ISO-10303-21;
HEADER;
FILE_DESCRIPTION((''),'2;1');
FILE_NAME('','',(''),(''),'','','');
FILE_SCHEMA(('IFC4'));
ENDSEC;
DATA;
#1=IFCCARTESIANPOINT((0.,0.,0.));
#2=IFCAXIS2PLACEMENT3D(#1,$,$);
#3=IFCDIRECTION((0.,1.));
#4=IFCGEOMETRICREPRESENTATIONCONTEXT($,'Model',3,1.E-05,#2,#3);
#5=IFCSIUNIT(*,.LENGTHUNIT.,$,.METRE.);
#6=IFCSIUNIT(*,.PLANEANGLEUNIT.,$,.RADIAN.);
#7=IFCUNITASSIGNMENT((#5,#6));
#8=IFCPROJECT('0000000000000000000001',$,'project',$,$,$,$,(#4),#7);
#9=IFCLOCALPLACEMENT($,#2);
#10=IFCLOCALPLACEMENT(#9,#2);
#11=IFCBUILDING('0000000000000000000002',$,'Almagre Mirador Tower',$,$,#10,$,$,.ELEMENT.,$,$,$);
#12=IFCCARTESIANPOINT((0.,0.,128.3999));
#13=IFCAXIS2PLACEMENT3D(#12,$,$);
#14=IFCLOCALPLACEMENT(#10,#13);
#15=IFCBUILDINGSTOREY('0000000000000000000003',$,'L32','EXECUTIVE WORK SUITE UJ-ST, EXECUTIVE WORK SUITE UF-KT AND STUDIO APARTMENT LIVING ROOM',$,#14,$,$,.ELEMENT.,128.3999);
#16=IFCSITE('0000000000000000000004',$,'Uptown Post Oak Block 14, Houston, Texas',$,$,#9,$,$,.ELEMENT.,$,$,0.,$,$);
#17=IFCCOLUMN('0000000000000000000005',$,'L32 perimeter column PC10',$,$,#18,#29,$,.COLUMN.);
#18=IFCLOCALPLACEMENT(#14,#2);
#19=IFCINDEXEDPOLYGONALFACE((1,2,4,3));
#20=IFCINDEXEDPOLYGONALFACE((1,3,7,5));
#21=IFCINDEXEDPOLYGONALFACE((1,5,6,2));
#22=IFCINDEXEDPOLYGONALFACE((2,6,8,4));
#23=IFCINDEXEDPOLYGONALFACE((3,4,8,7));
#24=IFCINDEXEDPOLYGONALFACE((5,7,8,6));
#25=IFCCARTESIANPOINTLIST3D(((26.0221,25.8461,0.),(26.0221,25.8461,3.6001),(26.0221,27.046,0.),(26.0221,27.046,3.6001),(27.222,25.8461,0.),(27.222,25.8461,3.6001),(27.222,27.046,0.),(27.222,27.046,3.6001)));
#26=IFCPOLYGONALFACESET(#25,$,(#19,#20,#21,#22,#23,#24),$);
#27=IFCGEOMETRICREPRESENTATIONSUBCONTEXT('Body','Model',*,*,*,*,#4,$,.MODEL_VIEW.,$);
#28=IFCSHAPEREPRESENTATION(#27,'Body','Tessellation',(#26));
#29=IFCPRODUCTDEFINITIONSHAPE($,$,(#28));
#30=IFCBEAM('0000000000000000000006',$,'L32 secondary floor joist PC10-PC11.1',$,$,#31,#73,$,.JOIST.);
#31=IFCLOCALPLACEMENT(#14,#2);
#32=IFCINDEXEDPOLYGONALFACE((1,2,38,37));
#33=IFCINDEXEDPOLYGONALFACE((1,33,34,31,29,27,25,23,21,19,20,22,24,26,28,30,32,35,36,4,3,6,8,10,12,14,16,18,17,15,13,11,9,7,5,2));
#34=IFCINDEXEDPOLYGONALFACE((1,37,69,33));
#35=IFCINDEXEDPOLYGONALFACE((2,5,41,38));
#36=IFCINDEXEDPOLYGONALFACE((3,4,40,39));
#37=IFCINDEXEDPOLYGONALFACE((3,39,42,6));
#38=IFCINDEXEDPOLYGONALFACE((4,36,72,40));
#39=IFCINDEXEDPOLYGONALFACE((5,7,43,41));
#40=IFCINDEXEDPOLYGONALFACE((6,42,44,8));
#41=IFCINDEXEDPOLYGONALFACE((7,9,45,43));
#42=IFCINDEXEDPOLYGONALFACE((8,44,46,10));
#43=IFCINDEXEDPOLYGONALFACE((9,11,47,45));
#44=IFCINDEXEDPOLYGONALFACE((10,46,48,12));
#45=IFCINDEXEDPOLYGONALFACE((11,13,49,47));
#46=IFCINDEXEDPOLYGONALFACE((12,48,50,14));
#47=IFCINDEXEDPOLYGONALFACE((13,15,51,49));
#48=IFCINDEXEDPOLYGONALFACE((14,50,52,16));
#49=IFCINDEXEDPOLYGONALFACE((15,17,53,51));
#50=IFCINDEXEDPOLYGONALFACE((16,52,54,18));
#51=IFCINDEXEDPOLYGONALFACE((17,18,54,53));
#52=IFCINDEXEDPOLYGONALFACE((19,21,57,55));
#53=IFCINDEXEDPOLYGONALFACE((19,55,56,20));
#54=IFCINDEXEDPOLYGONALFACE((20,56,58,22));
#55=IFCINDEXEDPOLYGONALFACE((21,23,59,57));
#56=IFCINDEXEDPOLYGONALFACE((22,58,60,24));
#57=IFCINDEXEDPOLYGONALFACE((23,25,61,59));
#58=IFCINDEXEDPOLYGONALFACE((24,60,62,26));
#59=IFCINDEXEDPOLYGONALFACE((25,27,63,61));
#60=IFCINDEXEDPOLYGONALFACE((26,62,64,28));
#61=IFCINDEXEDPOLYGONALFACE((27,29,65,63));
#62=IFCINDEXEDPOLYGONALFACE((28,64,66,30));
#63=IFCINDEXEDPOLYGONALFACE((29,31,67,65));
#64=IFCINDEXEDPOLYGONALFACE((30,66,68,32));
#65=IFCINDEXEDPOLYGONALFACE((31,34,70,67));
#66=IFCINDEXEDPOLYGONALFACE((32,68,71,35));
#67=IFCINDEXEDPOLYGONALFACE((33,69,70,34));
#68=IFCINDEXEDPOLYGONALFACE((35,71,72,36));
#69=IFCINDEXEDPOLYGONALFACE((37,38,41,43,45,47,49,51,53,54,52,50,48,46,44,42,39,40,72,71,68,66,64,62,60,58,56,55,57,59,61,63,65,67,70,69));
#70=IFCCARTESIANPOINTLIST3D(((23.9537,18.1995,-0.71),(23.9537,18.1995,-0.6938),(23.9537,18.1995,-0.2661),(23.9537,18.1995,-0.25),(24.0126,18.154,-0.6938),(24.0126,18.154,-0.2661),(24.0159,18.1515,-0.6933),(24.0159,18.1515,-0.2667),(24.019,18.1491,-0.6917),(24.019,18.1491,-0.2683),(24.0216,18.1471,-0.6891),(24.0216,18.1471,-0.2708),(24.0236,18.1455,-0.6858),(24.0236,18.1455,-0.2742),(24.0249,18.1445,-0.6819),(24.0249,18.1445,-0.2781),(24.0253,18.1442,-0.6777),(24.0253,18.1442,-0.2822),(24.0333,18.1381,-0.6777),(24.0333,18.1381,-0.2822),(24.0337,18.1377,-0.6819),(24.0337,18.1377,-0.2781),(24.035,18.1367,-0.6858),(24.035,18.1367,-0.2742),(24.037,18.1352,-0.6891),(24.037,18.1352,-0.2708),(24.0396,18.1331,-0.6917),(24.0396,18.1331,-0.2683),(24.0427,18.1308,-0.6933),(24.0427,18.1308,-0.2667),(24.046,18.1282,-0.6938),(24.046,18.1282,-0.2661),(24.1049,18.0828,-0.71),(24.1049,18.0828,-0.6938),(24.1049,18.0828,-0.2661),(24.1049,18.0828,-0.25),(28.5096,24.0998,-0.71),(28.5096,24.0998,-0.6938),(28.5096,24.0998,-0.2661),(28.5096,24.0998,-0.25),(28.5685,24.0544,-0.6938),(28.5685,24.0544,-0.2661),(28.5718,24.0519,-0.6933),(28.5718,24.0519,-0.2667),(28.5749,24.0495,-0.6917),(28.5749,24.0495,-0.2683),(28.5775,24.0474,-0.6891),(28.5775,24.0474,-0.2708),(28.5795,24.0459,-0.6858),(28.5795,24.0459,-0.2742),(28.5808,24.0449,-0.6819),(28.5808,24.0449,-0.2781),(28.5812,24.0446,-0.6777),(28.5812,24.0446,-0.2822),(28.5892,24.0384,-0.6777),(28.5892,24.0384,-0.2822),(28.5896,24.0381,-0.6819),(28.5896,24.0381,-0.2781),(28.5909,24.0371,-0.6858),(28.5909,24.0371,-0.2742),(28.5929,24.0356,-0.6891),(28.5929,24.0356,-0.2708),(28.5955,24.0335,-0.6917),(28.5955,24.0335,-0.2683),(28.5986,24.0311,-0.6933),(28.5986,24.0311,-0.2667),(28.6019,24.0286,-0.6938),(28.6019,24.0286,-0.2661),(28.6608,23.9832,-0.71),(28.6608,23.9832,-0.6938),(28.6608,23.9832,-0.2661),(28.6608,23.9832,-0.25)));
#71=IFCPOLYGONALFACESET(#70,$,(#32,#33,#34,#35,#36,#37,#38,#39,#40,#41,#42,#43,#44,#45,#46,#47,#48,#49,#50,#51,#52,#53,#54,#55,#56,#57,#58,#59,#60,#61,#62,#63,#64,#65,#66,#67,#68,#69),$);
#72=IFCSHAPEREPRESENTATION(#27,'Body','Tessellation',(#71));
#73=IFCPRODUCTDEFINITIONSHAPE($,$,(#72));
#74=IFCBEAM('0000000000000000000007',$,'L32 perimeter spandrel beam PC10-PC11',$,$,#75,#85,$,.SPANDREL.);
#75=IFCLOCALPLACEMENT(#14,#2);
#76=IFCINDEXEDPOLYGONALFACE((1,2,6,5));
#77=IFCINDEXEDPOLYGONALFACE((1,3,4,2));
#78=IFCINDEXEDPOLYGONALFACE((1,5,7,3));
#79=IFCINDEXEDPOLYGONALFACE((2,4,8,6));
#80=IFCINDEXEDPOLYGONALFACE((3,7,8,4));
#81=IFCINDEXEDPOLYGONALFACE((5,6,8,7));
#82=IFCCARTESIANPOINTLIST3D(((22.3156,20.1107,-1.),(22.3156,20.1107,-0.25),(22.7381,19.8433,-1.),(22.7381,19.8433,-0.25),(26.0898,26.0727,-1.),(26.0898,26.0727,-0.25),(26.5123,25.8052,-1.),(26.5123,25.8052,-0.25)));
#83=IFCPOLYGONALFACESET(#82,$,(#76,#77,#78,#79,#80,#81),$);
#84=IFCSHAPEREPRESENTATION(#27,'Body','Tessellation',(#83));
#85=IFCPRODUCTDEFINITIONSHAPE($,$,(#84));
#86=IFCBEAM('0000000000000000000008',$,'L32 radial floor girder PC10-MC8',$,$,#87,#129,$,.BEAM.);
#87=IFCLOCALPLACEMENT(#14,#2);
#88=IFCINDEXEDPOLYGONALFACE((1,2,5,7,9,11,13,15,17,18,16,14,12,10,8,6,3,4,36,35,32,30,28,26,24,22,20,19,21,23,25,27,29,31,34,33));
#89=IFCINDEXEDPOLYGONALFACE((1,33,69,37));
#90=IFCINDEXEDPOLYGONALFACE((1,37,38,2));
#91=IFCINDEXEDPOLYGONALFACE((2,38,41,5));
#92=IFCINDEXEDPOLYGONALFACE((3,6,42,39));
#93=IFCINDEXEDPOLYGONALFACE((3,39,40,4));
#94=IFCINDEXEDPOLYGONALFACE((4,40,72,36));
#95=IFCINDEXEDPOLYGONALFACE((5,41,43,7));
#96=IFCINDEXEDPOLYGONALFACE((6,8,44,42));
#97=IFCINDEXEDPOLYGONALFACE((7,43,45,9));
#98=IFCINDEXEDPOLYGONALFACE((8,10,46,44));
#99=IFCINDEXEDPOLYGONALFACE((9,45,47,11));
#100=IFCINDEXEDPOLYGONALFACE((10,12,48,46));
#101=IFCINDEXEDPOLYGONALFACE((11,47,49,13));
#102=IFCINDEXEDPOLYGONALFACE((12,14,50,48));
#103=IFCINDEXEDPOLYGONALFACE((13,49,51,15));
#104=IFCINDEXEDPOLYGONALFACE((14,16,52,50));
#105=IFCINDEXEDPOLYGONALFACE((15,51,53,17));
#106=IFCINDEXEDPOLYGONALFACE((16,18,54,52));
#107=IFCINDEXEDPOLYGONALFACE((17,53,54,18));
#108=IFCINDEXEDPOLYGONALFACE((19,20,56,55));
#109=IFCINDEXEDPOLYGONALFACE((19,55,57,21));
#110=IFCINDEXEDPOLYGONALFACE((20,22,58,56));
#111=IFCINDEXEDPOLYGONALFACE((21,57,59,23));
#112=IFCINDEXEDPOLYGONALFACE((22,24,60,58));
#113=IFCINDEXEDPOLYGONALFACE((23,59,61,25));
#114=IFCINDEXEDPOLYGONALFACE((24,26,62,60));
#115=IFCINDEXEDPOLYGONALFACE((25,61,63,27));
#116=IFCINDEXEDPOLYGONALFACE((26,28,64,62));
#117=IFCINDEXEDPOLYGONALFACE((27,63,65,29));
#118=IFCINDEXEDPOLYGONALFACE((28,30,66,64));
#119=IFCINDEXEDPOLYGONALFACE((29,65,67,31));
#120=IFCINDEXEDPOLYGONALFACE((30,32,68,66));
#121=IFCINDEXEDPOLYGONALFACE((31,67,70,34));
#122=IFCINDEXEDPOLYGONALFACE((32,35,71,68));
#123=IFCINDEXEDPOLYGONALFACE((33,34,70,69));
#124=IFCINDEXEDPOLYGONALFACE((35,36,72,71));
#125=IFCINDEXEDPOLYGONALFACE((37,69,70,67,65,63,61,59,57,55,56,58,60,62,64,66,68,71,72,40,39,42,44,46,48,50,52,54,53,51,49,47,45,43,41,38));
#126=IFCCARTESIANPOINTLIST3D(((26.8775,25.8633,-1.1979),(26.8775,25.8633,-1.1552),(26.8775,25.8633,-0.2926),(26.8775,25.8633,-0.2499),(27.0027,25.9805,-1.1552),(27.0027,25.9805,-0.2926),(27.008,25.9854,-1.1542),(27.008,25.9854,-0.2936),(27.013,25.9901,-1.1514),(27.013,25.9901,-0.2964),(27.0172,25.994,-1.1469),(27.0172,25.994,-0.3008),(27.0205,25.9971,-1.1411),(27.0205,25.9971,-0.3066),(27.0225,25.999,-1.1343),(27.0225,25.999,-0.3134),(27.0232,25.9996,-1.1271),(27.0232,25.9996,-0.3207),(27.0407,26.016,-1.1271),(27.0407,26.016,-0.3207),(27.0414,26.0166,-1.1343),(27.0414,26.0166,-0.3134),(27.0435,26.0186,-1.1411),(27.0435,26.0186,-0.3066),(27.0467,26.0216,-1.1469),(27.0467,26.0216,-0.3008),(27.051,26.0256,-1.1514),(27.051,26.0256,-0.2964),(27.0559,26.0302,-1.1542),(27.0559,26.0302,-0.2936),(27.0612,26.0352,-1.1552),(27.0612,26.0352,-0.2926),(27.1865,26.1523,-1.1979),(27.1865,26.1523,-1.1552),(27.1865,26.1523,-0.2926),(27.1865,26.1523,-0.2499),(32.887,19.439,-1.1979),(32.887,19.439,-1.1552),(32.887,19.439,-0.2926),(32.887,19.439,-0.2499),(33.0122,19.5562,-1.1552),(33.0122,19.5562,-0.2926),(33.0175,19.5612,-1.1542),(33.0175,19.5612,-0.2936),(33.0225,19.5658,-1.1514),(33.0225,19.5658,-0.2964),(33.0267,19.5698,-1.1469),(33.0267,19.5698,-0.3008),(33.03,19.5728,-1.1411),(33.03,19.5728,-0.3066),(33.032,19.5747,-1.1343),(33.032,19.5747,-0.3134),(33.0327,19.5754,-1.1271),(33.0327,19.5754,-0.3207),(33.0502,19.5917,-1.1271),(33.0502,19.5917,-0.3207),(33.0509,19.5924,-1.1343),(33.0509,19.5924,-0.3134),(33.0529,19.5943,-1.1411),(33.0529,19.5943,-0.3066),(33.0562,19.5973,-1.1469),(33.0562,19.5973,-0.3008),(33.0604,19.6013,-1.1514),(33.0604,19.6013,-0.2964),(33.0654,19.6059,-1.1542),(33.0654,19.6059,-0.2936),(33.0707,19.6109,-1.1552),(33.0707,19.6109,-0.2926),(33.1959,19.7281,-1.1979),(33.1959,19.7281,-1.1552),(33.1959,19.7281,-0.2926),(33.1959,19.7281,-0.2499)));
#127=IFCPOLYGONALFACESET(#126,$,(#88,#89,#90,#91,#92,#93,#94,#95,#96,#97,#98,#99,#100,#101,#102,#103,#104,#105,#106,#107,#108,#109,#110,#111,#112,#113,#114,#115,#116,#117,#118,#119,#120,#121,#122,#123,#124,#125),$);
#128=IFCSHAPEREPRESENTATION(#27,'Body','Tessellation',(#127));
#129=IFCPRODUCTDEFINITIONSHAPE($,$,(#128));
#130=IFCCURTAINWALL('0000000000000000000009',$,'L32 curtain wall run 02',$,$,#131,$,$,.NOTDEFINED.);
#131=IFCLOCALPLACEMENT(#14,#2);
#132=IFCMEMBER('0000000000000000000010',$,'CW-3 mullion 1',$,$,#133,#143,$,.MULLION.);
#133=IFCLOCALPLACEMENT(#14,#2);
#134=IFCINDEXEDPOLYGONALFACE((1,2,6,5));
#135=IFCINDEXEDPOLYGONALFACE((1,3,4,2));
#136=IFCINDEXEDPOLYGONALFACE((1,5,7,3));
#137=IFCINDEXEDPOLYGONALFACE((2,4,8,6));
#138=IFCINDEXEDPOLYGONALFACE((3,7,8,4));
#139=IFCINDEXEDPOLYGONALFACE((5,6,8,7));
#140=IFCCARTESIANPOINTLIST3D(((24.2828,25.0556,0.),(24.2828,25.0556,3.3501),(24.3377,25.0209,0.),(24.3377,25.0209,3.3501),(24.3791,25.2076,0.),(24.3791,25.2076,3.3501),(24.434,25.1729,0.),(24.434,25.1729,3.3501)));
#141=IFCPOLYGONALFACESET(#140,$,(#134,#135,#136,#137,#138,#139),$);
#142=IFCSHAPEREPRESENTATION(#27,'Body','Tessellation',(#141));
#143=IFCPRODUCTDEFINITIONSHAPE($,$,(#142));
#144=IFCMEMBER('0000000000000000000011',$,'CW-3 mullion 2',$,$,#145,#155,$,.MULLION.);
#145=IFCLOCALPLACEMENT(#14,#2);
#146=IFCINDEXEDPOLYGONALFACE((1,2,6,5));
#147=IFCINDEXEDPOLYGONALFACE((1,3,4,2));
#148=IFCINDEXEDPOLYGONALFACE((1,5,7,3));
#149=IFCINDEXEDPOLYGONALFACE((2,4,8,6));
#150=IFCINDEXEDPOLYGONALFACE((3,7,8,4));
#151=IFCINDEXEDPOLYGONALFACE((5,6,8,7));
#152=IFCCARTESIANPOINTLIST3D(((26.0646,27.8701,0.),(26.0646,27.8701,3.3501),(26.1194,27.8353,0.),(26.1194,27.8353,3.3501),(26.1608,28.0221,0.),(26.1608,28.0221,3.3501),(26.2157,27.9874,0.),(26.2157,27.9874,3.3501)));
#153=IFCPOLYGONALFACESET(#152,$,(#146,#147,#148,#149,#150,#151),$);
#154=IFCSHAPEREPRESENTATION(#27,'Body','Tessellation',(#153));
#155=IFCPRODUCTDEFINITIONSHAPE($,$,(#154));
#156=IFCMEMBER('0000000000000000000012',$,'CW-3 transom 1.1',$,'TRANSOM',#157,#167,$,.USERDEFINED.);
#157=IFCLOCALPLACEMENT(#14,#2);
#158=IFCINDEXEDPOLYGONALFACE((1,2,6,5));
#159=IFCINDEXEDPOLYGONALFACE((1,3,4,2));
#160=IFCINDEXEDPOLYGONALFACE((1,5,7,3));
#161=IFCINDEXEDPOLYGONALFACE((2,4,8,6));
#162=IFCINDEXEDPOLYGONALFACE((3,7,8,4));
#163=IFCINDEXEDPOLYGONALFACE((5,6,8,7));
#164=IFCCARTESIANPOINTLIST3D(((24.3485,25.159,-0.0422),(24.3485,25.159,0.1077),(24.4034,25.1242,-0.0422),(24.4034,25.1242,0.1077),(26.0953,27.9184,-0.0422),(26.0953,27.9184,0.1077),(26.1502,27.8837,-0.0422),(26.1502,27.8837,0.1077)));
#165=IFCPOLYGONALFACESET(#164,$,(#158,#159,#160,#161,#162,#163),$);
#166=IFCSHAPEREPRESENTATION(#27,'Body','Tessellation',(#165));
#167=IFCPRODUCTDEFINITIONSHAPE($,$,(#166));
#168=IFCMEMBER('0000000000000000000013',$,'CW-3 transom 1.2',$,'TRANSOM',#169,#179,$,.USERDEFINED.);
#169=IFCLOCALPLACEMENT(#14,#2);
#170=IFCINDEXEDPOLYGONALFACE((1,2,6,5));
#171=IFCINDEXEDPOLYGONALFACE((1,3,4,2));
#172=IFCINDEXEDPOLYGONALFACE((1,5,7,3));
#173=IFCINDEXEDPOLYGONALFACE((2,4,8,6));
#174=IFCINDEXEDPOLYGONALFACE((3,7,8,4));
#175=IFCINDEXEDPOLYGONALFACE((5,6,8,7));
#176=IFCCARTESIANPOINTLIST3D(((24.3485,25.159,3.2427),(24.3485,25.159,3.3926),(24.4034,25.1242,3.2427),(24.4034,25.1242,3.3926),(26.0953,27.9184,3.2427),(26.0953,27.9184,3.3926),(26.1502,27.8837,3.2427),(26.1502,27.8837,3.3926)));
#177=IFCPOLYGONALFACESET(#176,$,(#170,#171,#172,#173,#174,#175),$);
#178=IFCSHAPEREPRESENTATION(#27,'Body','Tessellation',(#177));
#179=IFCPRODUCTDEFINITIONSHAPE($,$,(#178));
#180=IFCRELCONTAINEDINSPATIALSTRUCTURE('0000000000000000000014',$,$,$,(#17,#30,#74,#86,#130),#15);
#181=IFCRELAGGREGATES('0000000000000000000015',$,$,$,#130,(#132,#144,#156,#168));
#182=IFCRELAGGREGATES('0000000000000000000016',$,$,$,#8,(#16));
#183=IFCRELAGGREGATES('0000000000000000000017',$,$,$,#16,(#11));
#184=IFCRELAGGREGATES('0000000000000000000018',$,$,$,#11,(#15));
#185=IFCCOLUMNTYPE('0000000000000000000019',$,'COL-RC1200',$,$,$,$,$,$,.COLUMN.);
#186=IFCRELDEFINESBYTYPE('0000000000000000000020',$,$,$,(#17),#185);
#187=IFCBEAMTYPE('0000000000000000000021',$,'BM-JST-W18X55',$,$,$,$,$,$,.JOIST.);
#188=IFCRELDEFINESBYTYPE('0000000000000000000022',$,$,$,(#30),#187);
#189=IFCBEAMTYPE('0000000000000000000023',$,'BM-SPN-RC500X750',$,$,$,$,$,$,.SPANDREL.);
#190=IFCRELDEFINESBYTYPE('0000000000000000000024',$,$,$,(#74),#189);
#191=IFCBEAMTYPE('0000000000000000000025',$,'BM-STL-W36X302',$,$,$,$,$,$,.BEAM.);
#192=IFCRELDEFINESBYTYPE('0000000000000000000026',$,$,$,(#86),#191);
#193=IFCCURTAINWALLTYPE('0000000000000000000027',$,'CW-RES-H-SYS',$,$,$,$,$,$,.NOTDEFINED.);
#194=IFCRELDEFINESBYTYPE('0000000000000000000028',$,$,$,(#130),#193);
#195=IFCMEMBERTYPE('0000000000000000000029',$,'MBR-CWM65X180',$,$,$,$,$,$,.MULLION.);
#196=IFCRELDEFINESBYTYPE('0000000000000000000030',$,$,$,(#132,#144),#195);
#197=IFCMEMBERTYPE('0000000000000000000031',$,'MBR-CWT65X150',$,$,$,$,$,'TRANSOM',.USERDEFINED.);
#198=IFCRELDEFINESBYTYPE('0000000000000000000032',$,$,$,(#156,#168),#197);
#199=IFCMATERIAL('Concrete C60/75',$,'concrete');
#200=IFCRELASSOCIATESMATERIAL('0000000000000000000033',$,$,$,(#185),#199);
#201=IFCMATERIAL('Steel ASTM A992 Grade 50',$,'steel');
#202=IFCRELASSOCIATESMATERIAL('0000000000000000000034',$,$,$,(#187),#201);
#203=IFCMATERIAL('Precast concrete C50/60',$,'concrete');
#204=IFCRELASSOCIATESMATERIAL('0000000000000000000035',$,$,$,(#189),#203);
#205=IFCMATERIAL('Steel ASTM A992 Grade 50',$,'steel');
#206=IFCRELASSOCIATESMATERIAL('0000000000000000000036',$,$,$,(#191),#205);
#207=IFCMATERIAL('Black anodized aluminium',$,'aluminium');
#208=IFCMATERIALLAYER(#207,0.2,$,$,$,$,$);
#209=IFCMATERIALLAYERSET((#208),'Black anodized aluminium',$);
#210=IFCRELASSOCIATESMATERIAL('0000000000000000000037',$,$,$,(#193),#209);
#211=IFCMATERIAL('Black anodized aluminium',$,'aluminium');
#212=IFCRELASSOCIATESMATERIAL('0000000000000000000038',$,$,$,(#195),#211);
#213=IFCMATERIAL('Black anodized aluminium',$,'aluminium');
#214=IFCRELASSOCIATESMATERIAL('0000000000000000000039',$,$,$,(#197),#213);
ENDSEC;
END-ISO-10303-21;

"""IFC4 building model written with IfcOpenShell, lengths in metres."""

from ifc_helpers import new_model, si_unit, direction, frame, origin, origin_2d, place, context, subcontext, project, spatial, rectangle, i_section, extrude, material, layer, layer_set, material_profile, profile_set, type_object, element, aggregate, save


model = new_model("IFC4")

# Units and contexts
model_context = context("Model", 3, precision=1e-05, world=origin(), true_north=direction((0.0, 1.0)))
body_context = subcontext(model_context, "Body", "Model", "MODEL_VIEW")
ifc_project = project(units=[si_unit("LENGTHUNIT", "METRE"), si_unit("PLANEANGLEUNIT", "RADIAN")], contexts=[model_context])

# Site, building, storey
site_placement = place(None, origin())
site = spatial("IfcSite", under=ifc_project, at=site_placement, Name="Uptown Post Oak Block 14, Houston, Texas", CompositionType="ELEMENT", RefElevation=0.0)
building_placement = place(site_placement, origin())
building = spatial("IfcBuilding", under=site, at=building_placement, Name="Almagre Mirador Tower", CompositionType="ELEMENT")
storey_placement = place(building_placement, frame((0.0, 0.0, 128.3999)))
storey = spatial("IfcBuildingStorey", under=building, at=storey_placement, Name="L32", Description="EXECUTIVE WORK SUITE UJ-ST, EXECUTIVE WORK SUITE UF-KT AND STUDIO APARTMENT LIVING ROOM", CompositionType="ELEMENT", Elevation=128.3999)

# Column
ifc_material_1 = material(Name="Concrete C60/75", Category="concrete")
ifc_material_profile_1 = material_profile(ifc_material_1, rectangle(XDim=1.2, YDim=1.2, at=origin_2d()), Name="RC1200X1200")
ifc_profile_set_1 = profile_set([ifc_material_profile_1], Name="Concrete C60/75")
column_type = type_object("IfcColumnType", Name="COL-RC1200", PredefinedType="COLUMN", material=ifc_profile_set_1)
column_placement = place(storey_placement, frame((26.6221, 26.446, 0.0), z_axis=(0.0, 0.0, 1.0), x_axis=(1.0, 0.0, 0.0)))
element("IfcColumn", 1, at=column_placement, inside=storey, type_object=column_type, Name="L32 perimeter column PC10", PredefinedType="COLUMN", context=body_context, shape_type="SweptSolid", body=[
    extrude(rectangle(XDim=1.2, YDim=1.2, at=origin_2d()), origin(), (0.0, 0.0, 1.0), 3.6001),
])

# Beams
ifc_material_2 = material(Name="Steel ASTM A992 Grade 50", Category="steel")
ifc_material_profile_2 = material_profile(ifc_material_2, i_section(OverallWidth=0.1909, OverallDepth=0.46, WebThickness=0.01, FlangeThickness=0.0161, FilletRadius=0.0161, at=origin_2d()), Name="W18X55")
ifc_profile_set_2 = profile_set([ifc_material_profile_2], Name="Steel ASTM A992 Grade 50")
beam_type_1 = type_object("IfcBeamType", Name="BM-JST-W18X55", PredefinedType="JOIST", material=ifc_profile_set_2)
beam_1_placement = place(storey_placement, frame((28.5852, 24.0415, -0.48), z_axis=(-0.611155, -0.791511, 0.0), x_axis=(0.791511, -0.611155, 0.0)))
element("IfcBeam", 2, at=beam_1_placement, inside=storey, type_object=beam_type_1, Name="L32 secondary floor joist PC10-PC11.1", PredefinedType="JOIST", context=body_context, shape_type="SweptSolid", body=[
    extrude(i_section(OverallWidth=0.1909, OverallDepth=0.46, WebThickness=0.01, FlangeThickness=0.0161, FilletRadius=0.0161, at=origin_2d()), origin(), (0.0, 0.0, 1.0), 7.4546),
])
ifc_material_3 = material(Name="Precast concrete C50/60", Category="concrete")
ifc_material_profile_3 = material_profile(ifc_material_3, rectangle(XDim=0.5, YDim=0.75, at=origin_2d()), Name="RC500X750")
ifc_profile_set_3 = profile_set([ifc_material_profile_3], Name="Precast concrete C50/60")
beam_type_2 = type_object("IfcBeamType", Name="BM-SPN-RC500X750", PredefinedType="SPANDREL", material=ifc_profile_set_3)
beam_2_placement = place(storey_placement, frame((26.301, 25.939, -0.625), z_axis=(-0.534879, -0.844929, 0.0), x_axis=(0.844929, -0.534879, 0.0)))
element("IfcBeam", 3, at=beam_2_placement, inside=storey, type_object=beam_type_2, Name="L32 perimeter spandrel beam PC10-PC11", PredefinedType="SPANDREL", context=body_context, shape_type="SweptSolid", body=[
    extrude(rectangle(XDim=0.5, YDim=0.75, at=origin_2d()), origin(), (0.0, 0.0, 1.0), 7.0562),
])
ifc_material_4 = material(Name="Steel ASTM A992 Grade 50", Category="steel")
ifc_material_profile_4 = material_profile(ifc_material_4, i_section(OverallWidth=0.4231, OverallDepth=0.948, WebThickness=0.0239, FlangeThickness=0.0427, FilletRadius=0.0281, at=origin_2d()), Name="W36X302")
ifc_profile_set_4 = profile_set([ifc_material_profile_4], Name="Steel ASTM A992 Grade 50")
beam_type_3 = type_object("IfcBeamType", Name="BM-STL-W36X302", PredefinedType="BEAM", material=ifc_profile_set_4)
beam_3_placement = place(storey_placement, frame((27.032, 26.0078, -0.7239), z_axis=(0.683138, -0.73029, 0.0), x_axis=(0.73029, 0.683138, 0.0)))
element("IfcBeam", 4, at=beam_3_placement, inside=storey, type_object=beam_type_3, Name="L32 radial floor girder PC10-MC8", PredefinedType="BEAM", context=body_context, shape_type="SweptSolid", body=[
    extrude(i_section(OverallWidth=0.4231, OverallDepth=0.948, WebThickness=0.0239, FlangeThickness=0.0427, FilletRadius=0.0281, at=origin_2d()), origin(), (0.0, 0.0, 1.0), 8.7969),
])

# Curtain wall, members
ifc_material_5 = material(Name="Black anodized aluminium", Category="aluminium")
ifc_layer_1 = layer(ifc_material_5, 0.2)
ifc_layer_set_1 = layer_set([ifc_layer_1], Name="Black anodized aluminium")
curtain_wall_type = type_object("IfcCurtainWallType", Name="CW-RES-H-SYS", PredefinedType="NOTDEFINED", material=ifc_layer_set_1)
curtain_wall_placement = place(storey_placement, origin())
curtain_wall = element("IfcCurtainWall", 5, at=curtain_wall_placement, inside=storey, type_object=curtain_wall_type, Name="L32 curtain wall run 02", PredefinedType="NOTDEFINED")
ifc_material_6 = material(Name="Black anodized aluminium", Category="aluminium")
ifc_material_profile_5 = material_profile(ifc_material_6, rectangle(XDim=0.0649, YDim=0.1799, at=origin_2d()), Name="CWM65X180")
ifc_profile_set_5 = profile_set([ifc_material_profile_5], Name="Black anodized aluminium")
member_type_1 = type_object("IfcMemberType", Name="MBR-CWM65X180", PredefinedType="MULLION", material=ifc_profile_set_5)
member_1_placement = place(storey_placement, frame((24.3584, 25.1143, 0.0), z_axis=(0.0, 0.0, 1.0), x_axis=(-0.84492, 0.534893, 0.0)))
member_1 = element("IfcMember", 6, at=member_1_placement, type_object=member_type_1, Name="CW-3 mullion 1", PredefinedType="MULLION", context=body_context, shape_type="SweptSolid", body=[
    extrude(rectangle(XDim=0.0649, YDim=0.1799, at=origin_2d()), origin(), (0.0, 0.0, 1.0), 3.3501),
])
member_2_placement = place(storey_placement, frame((26.1401, 27.9287, 0.0), z_axis=(0.0, 0.0, 1.0), x_axis=(-0.84492, 0.534893, 0.0)))
member_2 = element("IfcMember", 7, at=member_2_placement, type_object=member_type_1, Name="CW-3 mullion 2", PredefinedType="MULLION", context=body_context, shape_type="SweptSolid", body=[
    extrude(rectangle(XDim=0.0649, YDim=0.1799, at=origin_2d()), origin(), (0.0, 0.0, 1.0), 3.3501),
])
ifc_material_7 = material(Name="Black anodized aluminium", Category="aluminium")
ifc_material_profile_6 = material_profile(ifc_material_7, rectangle(XDim=0.0649, YDim=0.1499, at=origin_2d()), Name="CWT65X150")
ifc_profile_set_6 = profile_set([ifc_material_profile_6], Name="Black anodized aluminium")
member_type_2 = type_object("IfcMemberType", Name="MBR-CWT65X150", ElementType="TRANSOM", PredefinedType="USERDEFINED", material=ifc_profile_set_6)
member_3_placement = place(storey_placement, frame((24.376, 25.1416, 0.0327), z_axis=(0.534862, 0.84494, 0.0), x_axis=(-0.84494, 0.534862, 0.0)))
member_3 = element("IfcMember", 8, at=member_3_placement, type_object=member_type_2, Name="CW-3 transom 1.1", ObjectType="TRANSOM", PredefinedType="USERDEFINED", context=body_context, shape_type="SweptSolid", body=[
    extrude(rectangle(XDim=0.0649, YDim=0.1499, at=origin_2d()), origin(), (0.0, 0.0, 1.0), 3.2659),
])
member_4_placement = place(storey_placement, frame((24.376, 25.1416, 3.3176), z_axis=(0.534862, 0.84494, 0.0), x_axis=(-0.84494, 0.534862, 0.0)))
member_4 = element("IfcMember", 9, at=member_4_placement, type_object=member_type_2, Name="CW-3 transom 1.2", ObjectType="TRANSOM", PredefinedType="USERDEFINED", context=body_context, shape_type="SweptSolid", body=[
    extrude(rectangle(XDim=0.0649, YDim=0.1499, at=origin_2d()), origin(), (0.0, 0.0, 1.0), 3.2659),
])
aggregate(curtain_wall, [member_1, member_2, member_3, member_4])

save(model, "model.ifc")
